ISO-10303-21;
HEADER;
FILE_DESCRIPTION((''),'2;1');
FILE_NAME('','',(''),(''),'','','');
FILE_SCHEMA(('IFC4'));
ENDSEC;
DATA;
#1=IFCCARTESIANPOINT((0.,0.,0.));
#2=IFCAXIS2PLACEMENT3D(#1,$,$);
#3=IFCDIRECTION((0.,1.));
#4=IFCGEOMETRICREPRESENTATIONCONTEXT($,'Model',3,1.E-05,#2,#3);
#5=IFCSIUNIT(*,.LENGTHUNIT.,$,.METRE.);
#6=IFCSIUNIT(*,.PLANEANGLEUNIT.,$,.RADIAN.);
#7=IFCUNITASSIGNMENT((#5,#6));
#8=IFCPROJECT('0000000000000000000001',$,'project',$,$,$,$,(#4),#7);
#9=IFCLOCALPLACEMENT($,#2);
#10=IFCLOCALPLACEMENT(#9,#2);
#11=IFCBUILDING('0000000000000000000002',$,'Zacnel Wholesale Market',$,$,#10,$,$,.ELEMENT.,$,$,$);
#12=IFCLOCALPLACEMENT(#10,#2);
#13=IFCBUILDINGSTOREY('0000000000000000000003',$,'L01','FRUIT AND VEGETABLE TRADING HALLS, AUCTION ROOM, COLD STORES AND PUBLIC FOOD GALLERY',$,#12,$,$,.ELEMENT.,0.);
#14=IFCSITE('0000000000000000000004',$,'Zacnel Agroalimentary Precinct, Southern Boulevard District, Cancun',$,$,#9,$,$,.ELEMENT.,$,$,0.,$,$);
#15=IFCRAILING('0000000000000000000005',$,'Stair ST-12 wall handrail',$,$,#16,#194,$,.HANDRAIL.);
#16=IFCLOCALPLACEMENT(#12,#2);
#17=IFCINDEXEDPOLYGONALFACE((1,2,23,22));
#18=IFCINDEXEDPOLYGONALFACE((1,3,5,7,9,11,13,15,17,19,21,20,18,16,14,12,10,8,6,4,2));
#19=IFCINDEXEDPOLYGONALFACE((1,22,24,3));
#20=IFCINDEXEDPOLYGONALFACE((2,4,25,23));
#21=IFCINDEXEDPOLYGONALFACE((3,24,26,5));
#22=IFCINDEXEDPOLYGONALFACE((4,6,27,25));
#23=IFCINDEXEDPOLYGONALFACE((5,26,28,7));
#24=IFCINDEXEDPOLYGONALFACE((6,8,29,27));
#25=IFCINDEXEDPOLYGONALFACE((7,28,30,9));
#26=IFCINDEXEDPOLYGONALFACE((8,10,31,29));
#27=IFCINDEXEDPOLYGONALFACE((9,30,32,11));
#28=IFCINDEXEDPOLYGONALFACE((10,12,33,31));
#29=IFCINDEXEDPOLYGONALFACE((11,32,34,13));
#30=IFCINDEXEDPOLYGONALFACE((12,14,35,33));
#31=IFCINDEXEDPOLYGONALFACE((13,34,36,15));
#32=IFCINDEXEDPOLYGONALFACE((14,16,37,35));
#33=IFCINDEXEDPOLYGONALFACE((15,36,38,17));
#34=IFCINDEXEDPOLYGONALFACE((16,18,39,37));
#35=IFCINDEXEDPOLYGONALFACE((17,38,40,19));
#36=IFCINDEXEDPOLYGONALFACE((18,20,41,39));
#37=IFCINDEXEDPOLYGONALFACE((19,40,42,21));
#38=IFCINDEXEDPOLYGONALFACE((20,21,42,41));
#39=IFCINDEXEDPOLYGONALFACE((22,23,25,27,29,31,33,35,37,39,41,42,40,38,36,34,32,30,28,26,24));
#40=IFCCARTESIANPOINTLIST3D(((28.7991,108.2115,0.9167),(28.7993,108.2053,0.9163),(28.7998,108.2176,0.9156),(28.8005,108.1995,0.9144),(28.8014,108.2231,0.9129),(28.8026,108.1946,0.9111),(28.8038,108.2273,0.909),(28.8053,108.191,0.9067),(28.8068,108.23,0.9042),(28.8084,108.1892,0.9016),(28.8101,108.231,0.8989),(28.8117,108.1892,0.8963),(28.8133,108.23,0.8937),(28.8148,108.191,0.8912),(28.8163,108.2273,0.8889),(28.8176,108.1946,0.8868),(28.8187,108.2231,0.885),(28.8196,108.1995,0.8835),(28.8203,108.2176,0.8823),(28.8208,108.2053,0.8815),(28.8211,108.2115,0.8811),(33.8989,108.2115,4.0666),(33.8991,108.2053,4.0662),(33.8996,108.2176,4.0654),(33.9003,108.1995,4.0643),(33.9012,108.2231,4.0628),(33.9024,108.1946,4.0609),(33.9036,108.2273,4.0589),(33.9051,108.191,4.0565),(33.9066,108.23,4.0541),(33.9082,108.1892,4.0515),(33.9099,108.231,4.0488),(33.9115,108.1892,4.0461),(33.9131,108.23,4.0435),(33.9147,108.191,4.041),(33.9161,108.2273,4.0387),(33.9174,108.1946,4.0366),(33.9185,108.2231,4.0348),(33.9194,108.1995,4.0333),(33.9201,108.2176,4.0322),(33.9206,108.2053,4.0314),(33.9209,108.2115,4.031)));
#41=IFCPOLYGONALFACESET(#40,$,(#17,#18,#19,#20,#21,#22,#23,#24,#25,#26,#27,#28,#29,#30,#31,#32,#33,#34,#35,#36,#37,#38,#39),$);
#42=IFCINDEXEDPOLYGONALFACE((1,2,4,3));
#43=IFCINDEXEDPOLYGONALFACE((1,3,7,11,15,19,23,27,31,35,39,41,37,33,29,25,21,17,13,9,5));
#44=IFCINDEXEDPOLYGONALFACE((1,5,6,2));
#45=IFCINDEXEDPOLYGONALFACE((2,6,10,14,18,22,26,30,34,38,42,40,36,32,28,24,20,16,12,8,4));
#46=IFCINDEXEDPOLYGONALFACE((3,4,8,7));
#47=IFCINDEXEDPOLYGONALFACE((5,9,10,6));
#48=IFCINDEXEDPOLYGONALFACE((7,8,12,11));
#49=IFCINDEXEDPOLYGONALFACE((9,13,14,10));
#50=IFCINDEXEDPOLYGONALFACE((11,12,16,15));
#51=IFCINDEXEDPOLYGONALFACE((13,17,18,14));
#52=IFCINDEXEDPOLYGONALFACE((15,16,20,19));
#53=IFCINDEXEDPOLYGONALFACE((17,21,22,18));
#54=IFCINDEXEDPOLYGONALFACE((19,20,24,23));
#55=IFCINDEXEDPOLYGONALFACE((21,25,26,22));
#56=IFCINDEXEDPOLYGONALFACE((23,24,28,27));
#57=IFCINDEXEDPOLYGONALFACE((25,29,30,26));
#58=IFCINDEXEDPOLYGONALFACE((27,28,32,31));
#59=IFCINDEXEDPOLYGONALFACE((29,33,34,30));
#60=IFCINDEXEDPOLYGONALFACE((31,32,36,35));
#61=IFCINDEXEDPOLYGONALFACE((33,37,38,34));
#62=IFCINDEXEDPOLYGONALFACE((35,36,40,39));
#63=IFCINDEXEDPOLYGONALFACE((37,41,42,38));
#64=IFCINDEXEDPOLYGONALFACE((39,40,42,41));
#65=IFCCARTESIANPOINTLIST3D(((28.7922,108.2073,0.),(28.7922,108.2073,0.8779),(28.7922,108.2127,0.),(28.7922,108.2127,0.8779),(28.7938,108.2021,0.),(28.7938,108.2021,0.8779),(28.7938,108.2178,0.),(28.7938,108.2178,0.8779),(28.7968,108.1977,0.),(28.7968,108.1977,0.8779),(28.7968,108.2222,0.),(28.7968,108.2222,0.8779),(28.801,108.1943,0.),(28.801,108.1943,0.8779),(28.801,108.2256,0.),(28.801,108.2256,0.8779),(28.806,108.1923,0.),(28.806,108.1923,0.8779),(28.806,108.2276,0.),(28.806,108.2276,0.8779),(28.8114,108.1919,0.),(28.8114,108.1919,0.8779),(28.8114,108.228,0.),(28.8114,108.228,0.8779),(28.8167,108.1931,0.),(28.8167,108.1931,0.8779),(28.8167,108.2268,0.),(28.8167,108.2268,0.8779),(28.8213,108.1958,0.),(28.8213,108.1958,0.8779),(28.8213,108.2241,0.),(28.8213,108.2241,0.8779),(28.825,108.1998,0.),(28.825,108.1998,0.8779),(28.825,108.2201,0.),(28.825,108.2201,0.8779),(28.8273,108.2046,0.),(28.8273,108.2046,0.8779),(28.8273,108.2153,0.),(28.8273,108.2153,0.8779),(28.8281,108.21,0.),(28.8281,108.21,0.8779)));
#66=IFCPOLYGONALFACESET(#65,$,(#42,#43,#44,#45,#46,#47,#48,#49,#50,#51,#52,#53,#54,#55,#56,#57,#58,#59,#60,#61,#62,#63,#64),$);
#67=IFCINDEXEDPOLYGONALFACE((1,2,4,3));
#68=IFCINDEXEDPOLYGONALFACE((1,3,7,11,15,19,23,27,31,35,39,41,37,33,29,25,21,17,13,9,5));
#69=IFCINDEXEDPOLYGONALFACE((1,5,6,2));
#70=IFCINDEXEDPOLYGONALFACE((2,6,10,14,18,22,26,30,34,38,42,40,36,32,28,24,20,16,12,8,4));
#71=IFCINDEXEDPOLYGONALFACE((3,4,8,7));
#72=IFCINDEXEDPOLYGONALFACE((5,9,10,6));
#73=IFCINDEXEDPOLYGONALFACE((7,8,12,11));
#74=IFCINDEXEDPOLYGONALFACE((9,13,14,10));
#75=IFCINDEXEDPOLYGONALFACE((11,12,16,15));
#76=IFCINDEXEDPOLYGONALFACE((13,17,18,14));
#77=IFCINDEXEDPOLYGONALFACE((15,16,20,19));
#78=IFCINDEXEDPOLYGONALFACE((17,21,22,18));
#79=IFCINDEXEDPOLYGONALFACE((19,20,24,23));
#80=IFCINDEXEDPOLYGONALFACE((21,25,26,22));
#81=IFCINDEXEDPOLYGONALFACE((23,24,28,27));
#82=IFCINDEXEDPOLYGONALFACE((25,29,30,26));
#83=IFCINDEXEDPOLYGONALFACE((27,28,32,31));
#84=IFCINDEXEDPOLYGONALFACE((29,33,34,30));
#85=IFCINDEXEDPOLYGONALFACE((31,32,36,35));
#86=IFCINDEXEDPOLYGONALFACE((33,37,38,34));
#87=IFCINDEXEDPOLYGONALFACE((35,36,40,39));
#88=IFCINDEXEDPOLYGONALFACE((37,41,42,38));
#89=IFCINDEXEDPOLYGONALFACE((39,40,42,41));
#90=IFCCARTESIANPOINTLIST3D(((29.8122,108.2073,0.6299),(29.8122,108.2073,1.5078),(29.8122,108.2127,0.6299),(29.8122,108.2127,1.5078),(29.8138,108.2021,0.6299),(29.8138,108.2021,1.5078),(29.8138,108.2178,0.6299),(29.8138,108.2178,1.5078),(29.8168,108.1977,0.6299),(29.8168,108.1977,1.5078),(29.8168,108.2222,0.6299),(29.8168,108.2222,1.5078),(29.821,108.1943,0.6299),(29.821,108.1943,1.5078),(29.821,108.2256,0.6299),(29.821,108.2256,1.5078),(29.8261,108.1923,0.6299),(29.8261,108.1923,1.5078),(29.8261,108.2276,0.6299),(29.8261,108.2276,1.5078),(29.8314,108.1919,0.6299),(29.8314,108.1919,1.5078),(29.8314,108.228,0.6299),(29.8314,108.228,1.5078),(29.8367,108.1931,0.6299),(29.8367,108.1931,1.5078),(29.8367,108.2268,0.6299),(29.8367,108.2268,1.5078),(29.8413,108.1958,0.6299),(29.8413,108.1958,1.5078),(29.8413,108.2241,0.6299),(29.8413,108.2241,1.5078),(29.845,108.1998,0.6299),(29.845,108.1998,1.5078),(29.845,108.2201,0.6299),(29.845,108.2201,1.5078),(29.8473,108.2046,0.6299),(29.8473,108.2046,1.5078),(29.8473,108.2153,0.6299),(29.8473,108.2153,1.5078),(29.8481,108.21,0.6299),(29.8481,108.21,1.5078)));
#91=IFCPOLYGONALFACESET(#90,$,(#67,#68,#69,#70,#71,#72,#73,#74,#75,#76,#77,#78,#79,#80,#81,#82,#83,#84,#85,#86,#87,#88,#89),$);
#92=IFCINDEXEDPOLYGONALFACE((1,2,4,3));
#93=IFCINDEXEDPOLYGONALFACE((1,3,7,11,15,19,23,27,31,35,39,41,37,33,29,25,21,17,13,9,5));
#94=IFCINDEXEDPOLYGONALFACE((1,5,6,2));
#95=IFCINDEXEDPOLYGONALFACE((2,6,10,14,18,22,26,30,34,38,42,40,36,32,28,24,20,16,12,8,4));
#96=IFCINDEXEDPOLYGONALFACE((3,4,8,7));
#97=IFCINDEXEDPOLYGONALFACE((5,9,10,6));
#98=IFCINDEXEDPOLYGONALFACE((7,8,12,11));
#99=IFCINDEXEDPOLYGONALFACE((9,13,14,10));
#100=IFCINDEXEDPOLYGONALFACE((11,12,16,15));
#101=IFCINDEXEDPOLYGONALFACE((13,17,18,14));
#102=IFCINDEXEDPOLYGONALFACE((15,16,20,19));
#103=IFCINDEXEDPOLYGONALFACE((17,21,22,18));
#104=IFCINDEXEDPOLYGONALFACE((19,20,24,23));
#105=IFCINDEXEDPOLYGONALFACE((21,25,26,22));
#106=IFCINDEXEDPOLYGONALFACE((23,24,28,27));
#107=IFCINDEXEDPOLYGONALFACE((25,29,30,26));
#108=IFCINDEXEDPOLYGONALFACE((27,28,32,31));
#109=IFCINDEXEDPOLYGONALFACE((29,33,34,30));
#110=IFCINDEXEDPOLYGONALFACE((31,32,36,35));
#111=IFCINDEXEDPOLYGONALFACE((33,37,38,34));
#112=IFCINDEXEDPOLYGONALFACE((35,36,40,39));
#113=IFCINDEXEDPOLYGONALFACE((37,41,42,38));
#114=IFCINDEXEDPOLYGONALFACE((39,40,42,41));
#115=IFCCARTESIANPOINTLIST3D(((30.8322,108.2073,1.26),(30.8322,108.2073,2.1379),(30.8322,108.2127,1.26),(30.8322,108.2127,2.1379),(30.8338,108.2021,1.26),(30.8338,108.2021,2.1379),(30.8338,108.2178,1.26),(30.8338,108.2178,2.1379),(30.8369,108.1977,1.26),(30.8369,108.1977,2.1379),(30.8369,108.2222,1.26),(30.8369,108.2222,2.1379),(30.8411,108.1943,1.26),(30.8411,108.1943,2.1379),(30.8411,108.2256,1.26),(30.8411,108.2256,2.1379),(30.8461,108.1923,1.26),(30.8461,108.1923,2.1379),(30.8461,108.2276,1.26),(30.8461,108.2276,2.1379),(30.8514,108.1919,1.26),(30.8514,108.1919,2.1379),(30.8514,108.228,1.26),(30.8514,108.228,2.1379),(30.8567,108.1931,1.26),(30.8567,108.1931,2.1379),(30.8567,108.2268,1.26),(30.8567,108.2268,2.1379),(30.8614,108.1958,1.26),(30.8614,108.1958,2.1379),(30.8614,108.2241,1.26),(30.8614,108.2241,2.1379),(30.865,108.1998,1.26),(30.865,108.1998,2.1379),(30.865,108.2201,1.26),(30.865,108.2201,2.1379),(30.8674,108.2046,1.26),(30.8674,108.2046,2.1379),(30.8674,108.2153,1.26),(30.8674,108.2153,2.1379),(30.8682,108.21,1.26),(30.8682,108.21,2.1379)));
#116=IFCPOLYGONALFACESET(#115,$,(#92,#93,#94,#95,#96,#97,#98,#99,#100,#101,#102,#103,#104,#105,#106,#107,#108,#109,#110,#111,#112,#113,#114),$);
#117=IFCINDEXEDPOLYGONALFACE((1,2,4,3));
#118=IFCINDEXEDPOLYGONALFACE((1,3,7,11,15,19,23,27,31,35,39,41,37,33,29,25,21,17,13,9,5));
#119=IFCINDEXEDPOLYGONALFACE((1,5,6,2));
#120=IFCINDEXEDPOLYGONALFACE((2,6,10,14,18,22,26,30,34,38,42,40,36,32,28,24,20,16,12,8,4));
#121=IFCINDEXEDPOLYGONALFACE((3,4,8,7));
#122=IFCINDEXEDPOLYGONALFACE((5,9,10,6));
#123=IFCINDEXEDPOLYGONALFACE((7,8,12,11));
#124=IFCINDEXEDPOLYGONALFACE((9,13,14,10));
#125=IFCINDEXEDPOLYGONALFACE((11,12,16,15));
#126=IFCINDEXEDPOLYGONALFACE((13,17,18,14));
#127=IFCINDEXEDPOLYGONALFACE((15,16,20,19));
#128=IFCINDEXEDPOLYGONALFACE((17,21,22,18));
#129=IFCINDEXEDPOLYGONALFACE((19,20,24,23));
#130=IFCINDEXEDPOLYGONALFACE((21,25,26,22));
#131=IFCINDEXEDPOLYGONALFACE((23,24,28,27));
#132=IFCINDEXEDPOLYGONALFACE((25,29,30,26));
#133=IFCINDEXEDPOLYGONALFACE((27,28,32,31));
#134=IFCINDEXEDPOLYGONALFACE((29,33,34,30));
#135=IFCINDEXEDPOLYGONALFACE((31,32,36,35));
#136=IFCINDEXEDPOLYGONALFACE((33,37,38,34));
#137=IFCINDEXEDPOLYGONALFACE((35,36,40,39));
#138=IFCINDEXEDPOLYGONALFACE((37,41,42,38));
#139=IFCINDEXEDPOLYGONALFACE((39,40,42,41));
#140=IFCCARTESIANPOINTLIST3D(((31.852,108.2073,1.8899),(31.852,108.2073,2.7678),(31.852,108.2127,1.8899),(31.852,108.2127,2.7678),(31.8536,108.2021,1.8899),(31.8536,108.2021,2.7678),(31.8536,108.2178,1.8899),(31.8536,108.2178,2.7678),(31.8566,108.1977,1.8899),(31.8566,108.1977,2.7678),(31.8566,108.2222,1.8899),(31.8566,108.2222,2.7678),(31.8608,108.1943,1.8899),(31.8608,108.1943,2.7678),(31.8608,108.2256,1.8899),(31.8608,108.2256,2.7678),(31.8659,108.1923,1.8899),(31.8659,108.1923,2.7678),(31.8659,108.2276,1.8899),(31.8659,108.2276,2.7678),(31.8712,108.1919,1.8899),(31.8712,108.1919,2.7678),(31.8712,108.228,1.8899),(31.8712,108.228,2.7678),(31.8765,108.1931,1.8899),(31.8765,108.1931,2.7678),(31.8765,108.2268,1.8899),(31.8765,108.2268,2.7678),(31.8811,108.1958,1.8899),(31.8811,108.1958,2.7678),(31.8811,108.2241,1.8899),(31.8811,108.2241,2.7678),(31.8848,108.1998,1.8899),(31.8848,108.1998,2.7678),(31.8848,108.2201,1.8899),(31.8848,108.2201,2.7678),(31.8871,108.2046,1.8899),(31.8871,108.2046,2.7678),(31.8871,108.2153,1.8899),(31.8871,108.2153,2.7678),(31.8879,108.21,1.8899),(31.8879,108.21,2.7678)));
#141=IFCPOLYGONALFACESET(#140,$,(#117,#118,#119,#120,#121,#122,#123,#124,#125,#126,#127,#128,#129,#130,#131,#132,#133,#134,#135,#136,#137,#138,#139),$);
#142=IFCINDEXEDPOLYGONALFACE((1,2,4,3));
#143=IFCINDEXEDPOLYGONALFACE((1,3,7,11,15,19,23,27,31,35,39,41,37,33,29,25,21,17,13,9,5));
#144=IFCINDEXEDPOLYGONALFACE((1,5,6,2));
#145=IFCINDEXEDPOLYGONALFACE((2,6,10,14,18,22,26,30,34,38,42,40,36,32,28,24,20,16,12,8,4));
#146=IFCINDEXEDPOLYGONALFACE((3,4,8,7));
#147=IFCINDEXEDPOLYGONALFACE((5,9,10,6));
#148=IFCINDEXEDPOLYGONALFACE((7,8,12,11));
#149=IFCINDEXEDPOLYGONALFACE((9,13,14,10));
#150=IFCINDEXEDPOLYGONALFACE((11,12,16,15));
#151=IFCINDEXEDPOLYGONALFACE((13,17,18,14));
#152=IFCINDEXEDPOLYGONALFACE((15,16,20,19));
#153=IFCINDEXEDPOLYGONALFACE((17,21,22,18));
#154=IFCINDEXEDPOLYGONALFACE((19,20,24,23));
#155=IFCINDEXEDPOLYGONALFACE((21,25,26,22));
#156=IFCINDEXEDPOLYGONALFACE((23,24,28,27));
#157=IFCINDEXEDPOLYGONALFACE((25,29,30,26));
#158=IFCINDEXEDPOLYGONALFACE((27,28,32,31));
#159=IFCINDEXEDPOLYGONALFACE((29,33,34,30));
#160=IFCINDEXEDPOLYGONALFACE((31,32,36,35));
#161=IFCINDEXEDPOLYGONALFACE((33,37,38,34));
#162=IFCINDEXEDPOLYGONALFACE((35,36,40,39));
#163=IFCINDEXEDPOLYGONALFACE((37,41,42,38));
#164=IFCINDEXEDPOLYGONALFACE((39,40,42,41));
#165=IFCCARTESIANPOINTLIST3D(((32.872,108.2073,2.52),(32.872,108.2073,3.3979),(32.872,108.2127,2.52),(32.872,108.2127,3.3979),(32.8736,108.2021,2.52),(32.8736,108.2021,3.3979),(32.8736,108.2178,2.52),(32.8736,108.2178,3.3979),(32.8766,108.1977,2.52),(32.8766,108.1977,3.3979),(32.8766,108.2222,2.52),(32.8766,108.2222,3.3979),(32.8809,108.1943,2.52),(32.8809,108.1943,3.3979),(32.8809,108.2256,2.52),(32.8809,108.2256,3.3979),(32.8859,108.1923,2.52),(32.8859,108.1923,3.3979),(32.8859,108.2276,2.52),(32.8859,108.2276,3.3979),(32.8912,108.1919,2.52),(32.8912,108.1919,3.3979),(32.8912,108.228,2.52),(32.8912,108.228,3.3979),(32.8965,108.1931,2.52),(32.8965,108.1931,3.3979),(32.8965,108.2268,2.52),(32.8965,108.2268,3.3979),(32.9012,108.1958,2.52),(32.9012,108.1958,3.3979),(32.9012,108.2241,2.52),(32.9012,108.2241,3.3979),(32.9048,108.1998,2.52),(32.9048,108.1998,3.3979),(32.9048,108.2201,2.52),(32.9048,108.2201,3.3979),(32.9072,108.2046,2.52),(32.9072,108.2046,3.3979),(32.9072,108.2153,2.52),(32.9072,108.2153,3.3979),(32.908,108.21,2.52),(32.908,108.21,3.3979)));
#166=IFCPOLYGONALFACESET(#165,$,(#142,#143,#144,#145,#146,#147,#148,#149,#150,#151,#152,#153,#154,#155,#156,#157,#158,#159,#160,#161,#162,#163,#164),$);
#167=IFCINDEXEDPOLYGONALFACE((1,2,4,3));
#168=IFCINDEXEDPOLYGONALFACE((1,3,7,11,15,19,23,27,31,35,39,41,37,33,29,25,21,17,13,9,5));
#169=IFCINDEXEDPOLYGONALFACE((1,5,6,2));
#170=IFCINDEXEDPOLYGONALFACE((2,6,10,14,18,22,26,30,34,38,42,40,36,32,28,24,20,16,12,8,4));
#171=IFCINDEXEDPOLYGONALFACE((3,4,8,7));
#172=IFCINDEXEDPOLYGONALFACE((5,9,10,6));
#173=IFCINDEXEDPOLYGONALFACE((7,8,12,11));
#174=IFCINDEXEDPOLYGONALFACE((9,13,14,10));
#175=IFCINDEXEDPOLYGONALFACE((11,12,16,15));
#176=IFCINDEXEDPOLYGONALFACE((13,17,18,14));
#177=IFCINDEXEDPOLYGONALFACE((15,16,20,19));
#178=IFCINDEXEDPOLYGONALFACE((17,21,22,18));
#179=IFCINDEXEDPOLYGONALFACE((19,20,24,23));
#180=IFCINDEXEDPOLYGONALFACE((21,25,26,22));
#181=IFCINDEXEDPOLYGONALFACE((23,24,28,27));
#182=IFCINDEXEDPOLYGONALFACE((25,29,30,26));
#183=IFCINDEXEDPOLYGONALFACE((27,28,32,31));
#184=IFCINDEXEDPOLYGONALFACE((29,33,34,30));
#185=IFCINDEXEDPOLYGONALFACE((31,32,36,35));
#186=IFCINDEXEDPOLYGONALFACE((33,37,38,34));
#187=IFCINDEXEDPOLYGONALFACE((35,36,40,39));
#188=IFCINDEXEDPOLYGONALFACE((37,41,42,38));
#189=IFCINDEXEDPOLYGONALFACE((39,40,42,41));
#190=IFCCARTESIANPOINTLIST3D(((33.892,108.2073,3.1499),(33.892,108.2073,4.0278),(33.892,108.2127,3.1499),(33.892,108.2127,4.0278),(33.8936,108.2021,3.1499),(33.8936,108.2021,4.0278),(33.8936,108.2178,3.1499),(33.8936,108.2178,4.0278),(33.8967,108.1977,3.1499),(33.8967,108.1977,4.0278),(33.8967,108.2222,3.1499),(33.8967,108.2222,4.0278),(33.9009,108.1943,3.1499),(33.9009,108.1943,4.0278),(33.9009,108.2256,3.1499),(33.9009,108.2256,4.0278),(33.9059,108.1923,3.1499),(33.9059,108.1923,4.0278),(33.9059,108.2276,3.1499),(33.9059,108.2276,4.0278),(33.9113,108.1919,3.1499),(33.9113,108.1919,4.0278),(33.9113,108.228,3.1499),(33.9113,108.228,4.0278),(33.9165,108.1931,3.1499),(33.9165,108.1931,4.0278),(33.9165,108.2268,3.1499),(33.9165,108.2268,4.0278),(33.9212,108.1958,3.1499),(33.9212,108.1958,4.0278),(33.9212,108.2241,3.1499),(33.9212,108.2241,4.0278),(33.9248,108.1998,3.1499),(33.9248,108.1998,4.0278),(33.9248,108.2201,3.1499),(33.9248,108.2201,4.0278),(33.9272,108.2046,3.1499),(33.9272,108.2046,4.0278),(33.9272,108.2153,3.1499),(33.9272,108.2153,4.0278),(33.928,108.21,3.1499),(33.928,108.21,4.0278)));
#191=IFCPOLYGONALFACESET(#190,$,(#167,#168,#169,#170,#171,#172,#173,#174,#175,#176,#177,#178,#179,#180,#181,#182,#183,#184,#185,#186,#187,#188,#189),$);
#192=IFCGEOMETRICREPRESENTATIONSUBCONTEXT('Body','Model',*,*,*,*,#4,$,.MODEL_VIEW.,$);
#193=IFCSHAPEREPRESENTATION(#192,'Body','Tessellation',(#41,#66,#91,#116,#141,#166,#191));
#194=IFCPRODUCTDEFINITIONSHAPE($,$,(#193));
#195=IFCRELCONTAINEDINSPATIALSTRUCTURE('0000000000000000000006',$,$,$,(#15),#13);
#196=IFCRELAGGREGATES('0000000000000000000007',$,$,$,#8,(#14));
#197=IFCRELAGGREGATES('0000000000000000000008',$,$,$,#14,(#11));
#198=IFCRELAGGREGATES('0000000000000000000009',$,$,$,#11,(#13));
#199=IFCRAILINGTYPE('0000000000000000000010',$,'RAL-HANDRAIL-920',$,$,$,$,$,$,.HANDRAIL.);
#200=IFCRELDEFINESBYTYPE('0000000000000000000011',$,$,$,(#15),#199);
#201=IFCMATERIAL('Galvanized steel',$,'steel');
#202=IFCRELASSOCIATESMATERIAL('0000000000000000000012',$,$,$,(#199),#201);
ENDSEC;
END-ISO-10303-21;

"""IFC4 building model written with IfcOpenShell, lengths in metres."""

from ifc_helpers import new_model, si_unit, direction, frame, origin, origin_2d, place, context, subcontext, project, spatial, circle, extrude, material, type_object, element, save


model = new_model("IFC4")

# Units and contexts
model_context = context("Model", 3, precision=1e-05, world=origin(), true_north=direction((0.0, 1.0)))
body_context = subcontext(model_context, "Body", "Model", "MODEL_VIEW")
ifc_project = project(units=[si_unit("LENGTHUNIT", "METRE"), si_unit("PLANEANGLEUNIT", "RADIAN")], contexts=[model_context])

# Site, building, storey
site_placement = place(None, origin())
site = spatial("IfcSite", under=ifc_project, at=site_placement, Name="Zacnel Agroalimentary Precinct, Southern Boulevard District, Cancun", CompositionType="ELEMENT", RefElevation=0.0)
building_placement = place(site_placement, origin())
building = spatial("IfcBuilding", under=site, at=building_placement, Name="Zacnel Wholesale Market", CompositionType="ELEMENT")
storey_placement = place(building_placement, origin())
storey = spatial("IfcBuildingStorey", under=building, at=storey_placement, Name="L01", Description="FRUIT AND VEGETABLE TRADING HALLS, AUCTION ROOM, COLD STORES AND PUBLIC FOOD GALLERY", CompositionType="ELEMENT", Elevation=0.0)

# Railing
ifc_material_1 = material(Name="Galvanized steel", Category="steel")
railing_type_1 = type_object("IfcRailingType", Name="RAL-HANDRAIL-920", PredefinedType="HANDRAIL", material=ifc_material_1)
railing_1_placement = place(storey_placement, frame((28.8101, 108.21, 0.0)))
element("IfcRailing", 1, at=railing_1_placement, inside=storey, type_object=railing_type_1, Name="Stair ST-12 wall handrail", PredefinedType="HANDRAIL", context=body_context, shape_type="SweptSolid", body=[
    extrude(circle(Radius=0.021, at=origin_2d()), frame((0.0, 0.0, 0.8989), z_axis=(0.850799, 0.0, 0.525492), x_axis=(0.0, 1.0, 0.0)), (0.0, 0.0, 1.0), 5.9941),
    extrude(circle(Radius=0.0181, at=origin_2d()), origin(), (0.0, 0.0, 1.0), 0.8779),
    extrude(circle(Radius=0.0181, at=origin_2d()), frame((1.02, 0.0, 0.6299)), (0.0, 0.0, 1.0), 0.8779),
    extrude(circle(Radius=0.0181, at=origin_2d()), frame((2.04, 0.0, 1.26)), (0.0, 0.0, 1.0), 0.8779),
    extrude(circle(Radius=0.0181, at=origin_2d()), frame((3.0598, 0.0, 1.8899)), (0.0, 0.0, 1.0), 0.8779),
    extrude(circle(Radius=0.0181, at=origin_2d()), frame((4.0798, 0.0, 2.52)), (0.0, 0.0, 1.0), 0.8779),
    extrude(circle(Radius=0.0181, at=origin_2d()), frame((5.0999, 0.0, 3.1499)), (0.0, 0.0, 1.0), 0.8779),
])

save(model, "model.ifc")
